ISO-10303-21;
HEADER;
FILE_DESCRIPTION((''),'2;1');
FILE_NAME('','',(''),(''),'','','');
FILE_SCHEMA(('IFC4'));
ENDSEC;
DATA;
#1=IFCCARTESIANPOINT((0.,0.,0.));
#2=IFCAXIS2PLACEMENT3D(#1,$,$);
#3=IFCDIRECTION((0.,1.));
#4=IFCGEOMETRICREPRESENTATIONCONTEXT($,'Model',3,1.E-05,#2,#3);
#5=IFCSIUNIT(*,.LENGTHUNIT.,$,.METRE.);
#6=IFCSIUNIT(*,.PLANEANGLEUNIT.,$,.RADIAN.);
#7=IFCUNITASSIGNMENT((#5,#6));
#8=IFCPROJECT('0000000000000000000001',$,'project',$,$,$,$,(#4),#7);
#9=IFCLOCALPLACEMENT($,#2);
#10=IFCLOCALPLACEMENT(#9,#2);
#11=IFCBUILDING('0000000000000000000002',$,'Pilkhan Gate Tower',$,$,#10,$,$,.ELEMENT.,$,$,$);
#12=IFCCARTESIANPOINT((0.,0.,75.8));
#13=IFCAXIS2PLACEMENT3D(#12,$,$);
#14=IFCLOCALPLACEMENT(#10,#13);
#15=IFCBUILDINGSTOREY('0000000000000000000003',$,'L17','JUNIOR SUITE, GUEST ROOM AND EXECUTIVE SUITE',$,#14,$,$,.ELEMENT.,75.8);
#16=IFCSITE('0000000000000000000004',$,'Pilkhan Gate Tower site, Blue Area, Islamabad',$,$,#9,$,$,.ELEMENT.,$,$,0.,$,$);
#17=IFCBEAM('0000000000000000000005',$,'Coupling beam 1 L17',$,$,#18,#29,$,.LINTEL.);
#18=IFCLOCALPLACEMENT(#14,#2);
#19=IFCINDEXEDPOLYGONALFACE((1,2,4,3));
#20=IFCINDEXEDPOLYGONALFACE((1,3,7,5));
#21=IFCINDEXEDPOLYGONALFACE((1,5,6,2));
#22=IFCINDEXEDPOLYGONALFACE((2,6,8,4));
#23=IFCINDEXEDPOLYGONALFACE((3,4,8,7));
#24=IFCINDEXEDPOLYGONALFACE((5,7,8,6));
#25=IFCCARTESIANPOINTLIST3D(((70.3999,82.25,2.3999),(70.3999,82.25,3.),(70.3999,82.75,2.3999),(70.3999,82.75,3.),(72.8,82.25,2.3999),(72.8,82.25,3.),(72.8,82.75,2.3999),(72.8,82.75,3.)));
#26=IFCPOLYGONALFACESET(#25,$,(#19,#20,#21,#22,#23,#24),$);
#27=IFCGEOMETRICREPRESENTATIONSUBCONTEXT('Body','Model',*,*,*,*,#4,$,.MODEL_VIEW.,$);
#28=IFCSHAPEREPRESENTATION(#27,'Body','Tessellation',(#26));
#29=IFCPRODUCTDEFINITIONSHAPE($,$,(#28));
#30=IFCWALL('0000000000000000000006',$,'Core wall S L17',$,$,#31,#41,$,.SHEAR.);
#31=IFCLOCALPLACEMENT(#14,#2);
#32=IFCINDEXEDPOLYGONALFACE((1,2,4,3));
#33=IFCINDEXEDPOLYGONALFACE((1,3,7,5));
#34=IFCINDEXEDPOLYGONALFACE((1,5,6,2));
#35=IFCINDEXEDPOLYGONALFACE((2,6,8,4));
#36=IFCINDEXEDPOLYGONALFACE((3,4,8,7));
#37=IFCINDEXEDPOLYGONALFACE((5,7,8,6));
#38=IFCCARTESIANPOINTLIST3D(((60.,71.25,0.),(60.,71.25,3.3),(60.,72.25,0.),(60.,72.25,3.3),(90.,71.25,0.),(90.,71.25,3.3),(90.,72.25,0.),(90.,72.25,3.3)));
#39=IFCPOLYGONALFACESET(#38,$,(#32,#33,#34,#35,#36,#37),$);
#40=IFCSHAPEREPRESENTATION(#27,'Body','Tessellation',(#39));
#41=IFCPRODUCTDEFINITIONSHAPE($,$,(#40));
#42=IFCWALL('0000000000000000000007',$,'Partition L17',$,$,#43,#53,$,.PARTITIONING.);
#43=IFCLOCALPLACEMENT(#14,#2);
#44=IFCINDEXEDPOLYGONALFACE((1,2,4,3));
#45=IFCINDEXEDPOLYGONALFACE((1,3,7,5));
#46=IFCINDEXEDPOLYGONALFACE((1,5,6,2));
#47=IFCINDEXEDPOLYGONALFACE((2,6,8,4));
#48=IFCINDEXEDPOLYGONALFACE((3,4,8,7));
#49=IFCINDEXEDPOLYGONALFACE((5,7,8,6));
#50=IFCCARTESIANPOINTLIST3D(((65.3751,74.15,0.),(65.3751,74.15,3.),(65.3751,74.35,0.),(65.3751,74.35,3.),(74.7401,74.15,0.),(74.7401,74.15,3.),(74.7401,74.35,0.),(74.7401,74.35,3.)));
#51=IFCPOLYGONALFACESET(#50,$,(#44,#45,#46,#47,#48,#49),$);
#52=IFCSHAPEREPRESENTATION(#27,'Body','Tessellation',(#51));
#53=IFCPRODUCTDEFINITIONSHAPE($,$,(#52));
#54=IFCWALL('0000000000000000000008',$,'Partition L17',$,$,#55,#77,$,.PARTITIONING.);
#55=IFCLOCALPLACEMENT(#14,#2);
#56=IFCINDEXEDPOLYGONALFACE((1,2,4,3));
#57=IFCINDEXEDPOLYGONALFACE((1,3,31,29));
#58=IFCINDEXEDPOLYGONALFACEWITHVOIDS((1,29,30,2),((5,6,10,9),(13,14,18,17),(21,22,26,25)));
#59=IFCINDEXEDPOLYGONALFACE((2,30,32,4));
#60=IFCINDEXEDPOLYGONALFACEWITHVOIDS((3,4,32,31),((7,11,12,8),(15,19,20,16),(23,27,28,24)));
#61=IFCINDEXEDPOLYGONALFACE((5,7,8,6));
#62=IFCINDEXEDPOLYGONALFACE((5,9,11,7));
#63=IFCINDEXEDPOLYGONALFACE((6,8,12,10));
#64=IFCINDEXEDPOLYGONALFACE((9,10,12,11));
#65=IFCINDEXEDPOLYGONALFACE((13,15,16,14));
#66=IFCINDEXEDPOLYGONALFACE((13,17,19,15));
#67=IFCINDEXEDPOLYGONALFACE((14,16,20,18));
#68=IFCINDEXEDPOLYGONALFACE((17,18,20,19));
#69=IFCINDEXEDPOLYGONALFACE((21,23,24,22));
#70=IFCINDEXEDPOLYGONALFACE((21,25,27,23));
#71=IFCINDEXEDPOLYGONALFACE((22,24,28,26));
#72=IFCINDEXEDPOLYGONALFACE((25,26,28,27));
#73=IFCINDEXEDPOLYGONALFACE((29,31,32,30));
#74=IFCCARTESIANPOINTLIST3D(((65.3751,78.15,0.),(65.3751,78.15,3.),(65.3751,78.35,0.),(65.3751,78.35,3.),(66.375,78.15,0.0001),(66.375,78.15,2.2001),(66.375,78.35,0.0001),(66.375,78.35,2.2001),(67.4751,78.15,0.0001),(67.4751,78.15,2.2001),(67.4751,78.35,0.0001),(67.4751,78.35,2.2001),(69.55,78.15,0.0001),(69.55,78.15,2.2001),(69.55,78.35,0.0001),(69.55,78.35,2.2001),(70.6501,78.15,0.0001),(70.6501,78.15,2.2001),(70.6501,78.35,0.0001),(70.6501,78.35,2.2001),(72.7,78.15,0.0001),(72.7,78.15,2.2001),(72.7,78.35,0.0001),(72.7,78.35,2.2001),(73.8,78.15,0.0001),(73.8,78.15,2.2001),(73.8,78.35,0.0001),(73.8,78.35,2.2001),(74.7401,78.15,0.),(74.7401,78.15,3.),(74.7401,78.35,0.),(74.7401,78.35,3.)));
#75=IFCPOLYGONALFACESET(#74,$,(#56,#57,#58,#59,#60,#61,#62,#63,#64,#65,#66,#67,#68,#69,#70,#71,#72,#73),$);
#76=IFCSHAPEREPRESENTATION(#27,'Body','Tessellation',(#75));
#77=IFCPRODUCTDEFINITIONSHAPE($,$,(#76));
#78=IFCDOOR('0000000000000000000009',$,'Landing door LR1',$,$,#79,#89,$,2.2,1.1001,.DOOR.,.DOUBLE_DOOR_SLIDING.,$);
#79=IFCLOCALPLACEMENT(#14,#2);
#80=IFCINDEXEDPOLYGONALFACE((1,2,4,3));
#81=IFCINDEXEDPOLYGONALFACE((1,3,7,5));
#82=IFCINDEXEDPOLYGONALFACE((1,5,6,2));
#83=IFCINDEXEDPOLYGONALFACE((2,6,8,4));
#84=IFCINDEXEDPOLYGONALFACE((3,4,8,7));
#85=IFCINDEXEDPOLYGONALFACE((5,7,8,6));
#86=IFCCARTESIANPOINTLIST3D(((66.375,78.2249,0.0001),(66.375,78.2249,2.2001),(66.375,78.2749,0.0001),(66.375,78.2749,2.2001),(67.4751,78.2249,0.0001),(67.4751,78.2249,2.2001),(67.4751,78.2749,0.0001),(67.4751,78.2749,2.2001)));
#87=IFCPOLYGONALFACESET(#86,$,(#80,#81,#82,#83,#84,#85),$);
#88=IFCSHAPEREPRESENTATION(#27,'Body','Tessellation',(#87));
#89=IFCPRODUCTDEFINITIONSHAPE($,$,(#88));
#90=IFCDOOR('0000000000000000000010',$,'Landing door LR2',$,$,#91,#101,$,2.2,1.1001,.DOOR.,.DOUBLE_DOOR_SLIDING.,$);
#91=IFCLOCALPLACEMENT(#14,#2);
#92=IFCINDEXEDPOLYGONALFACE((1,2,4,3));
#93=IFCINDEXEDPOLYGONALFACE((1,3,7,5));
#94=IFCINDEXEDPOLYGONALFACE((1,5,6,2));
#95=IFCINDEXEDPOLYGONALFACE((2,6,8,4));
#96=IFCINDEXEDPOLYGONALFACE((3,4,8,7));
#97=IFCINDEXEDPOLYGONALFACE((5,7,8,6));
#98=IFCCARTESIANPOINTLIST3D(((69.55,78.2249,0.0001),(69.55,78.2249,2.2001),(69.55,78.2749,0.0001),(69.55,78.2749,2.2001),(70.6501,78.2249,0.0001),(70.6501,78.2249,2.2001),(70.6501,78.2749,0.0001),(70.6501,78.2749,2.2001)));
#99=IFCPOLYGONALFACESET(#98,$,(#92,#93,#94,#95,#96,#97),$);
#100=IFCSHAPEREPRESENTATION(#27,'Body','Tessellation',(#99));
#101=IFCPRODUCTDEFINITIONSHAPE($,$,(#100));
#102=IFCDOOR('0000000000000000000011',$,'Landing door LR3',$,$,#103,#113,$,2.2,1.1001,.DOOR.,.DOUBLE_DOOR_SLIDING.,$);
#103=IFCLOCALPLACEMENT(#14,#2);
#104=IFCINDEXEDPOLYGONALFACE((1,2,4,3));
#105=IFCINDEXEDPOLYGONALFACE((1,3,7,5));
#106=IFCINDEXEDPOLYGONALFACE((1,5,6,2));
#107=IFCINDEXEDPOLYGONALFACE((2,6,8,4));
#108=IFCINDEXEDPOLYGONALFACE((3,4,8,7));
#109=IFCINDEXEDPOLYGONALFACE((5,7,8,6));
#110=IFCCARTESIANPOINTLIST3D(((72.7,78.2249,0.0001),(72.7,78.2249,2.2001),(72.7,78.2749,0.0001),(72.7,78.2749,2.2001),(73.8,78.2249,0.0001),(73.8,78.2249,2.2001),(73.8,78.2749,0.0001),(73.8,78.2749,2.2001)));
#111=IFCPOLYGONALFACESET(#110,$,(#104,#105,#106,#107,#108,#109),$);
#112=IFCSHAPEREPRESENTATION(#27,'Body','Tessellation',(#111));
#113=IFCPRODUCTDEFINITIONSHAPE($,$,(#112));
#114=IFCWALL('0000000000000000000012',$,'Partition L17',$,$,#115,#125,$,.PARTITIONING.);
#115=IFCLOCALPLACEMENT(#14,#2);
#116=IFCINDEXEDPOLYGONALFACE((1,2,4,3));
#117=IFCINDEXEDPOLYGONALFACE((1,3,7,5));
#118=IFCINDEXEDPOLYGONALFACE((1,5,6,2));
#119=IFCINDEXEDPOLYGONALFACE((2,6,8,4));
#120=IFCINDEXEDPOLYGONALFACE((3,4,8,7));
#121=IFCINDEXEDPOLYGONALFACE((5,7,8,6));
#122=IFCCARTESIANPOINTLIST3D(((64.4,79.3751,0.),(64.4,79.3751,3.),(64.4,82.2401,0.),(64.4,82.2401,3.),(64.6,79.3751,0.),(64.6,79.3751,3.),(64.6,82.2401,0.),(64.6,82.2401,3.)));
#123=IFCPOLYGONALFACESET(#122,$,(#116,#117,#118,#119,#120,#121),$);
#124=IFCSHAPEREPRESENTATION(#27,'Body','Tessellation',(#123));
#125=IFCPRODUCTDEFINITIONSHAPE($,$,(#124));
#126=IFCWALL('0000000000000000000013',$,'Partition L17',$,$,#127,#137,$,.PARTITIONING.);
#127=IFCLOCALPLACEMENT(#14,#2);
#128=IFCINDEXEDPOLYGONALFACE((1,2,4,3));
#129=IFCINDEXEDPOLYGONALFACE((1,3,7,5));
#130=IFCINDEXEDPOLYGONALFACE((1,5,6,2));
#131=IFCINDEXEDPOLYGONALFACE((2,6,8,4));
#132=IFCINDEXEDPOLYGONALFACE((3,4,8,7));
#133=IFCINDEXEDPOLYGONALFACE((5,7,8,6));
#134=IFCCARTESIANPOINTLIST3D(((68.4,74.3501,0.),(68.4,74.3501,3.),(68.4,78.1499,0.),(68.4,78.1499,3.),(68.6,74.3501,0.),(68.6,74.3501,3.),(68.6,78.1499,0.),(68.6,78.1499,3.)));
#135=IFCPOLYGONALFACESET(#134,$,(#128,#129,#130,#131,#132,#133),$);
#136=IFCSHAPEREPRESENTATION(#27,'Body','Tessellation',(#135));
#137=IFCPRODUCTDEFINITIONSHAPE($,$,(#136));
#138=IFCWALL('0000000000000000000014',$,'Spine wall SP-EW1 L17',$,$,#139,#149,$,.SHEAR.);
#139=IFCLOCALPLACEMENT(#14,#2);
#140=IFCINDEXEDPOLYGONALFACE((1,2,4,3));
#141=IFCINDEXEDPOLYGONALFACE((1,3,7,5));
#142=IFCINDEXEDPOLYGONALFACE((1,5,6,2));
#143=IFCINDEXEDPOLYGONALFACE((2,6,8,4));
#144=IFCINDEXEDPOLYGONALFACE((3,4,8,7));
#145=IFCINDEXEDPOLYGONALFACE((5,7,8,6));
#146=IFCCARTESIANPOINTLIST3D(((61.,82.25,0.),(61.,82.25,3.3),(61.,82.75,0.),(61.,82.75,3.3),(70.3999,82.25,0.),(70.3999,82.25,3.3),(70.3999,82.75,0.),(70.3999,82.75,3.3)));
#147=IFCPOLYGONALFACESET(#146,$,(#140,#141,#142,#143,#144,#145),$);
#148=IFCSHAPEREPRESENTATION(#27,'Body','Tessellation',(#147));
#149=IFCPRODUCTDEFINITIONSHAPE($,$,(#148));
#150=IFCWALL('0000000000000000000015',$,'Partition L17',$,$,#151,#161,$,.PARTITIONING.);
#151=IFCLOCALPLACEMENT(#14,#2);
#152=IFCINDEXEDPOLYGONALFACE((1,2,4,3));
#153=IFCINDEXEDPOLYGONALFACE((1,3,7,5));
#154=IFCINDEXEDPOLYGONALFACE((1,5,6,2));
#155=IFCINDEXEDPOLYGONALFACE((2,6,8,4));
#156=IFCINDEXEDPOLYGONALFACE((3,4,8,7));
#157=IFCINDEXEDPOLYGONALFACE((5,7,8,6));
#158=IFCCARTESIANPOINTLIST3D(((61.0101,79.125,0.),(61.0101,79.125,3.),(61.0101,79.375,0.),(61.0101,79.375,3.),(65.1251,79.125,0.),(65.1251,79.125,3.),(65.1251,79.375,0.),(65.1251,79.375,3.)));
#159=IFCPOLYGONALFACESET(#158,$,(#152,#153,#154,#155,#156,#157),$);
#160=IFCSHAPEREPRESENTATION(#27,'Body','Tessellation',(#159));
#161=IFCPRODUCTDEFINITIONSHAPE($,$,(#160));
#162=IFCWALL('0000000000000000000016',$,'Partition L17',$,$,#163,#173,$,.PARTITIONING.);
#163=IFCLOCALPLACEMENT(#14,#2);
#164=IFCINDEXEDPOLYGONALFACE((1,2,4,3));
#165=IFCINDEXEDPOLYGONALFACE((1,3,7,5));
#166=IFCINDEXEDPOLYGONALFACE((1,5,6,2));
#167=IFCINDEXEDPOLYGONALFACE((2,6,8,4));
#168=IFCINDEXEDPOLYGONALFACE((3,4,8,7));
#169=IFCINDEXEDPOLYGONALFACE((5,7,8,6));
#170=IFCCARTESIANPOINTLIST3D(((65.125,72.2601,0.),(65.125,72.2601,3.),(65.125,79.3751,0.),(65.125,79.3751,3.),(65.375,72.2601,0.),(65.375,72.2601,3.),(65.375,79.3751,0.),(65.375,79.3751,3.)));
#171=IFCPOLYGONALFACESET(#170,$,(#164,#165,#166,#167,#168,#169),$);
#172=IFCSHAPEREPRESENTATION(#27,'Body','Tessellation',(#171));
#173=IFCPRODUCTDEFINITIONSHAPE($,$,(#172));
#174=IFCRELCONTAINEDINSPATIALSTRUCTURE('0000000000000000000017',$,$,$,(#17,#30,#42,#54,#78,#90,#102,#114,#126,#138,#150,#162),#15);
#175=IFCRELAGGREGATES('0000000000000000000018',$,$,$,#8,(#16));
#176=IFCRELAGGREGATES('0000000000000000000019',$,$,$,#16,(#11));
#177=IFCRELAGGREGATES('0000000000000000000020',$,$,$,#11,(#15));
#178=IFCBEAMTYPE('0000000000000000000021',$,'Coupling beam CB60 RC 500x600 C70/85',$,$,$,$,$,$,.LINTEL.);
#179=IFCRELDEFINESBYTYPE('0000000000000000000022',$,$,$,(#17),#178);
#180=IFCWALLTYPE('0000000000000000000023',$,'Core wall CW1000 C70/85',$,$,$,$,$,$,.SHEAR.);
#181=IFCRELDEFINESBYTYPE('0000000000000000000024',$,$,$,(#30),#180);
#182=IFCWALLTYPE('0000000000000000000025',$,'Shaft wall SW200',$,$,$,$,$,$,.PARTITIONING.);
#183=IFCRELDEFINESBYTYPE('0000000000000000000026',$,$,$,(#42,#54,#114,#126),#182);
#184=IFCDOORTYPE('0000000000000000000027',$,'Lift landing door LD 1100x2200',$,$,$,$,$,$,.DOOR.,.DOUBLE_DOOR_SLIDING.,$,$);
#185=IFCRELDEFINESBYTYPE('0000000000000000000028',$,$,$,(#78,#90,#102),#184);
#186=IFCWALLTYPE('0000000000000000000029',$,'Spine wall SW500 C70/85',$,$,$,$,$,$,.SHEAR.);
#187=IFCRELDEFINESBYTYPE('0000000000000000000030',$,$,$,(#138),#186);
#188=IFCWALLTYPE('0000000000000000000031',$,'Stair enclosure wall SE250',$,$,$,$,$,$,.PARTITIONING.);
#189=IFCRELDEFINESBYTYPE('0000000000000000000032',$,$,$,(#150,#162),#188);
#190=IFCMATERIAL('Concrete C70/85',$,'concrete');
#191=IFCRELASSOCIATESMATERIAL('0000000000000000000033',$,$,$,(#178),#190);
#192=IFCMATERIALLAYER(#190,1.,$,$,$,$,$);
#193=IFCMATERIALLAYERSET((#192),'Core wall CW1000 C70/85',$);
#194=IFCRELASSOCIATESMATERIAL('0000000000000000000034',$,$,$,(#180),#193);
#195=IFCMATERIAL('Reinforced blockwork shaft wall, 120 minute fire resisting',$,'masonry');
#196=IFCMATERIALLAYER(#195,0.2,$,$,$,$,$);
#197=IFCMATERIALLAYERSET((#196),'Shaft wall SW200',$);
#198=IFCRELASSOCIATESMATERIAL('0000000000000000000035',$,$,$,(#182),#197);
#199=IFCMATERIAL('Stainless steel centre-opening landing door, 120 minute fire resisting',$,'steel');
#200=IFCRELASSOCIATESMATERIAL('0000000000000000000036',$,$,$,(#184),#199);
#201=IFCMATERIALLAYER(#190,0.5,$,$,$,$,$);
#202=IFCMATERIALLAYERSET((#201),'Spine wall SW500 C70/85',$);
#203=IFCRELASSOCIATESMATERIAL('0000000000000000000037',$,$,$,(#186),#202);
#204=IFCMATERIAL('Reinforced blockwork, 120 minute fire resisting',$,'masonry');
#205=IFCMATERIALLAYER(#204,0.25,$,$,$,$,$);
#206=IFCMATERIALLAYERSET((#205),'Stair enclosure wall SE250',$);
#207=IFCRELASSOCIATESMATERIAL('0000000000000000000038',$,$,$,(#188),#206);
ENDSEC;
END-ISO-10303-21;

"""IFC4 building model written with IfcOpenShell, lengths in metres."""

from ifc_helpers import new_model, si_unit, direction, frame, frame_2d, origin, origin_2d, place, context, subcontext, project, spatial, rectangle, extrude, material, layer, layer_set, material_profile, profile_set, type_object, element, fill, save


model = new_model("IFC4")

# Units and contexts
model_context = context("Model", 3, precision=1e-05, world=origin(), true_north=direction((0.0, 1.0)))
body_context = subcontext(model_context, "Body", "Model", "MODEL_VIEW")
ifc_project = project(units=[si_unit("LENGTHUNIT", "METRE"), si_unit("PLANEANGLEUNIT", "RADIAN")], contexts=[model_context])

# Site, building, storey
site_placement = place(None, origin())
site = spatial("IfcSite", under=ifc_project, at=site_placement, Name="Pilkhan Gate Tower site, Blue Area, Islamabad", CompositionType="ELEMENT", RefElevation=0.0)
building_placement = place(site_placement, origin())
building = spatial("IfcBuilding", under=site, at=building_placement, Name="Pilkhan Gate Tower", CompositionType="ELEMENT")
storey_placement = place(building_placement, frame((0.0, 0.0, 75.8)))
storey = spatial("IfcBuildingStorey", under=building, at=storey_placement, Name="L17", Description="JUNIOR SUITE, GUEST ROOM AND EXECUTIVE SUITE", CompositionType="ELEMENT", Elevation=75.8)

# Beam
ifc_material_1 = material(Name="Concrete C70/85", Category="concrete")
ifc_material_profile = material_profile(ifc_material_1, rectangle(XDim=0.5, YDim=0.6001, at=origin_2d()), Name="RC 500x600")
ifc_profile_set = profile_set([ifc_material_profile], Name="Concrete C70/85")
beam_type = type_object("IfcBeamType", Name="Coupling beam CB60 RC 500x600 C70/85", PredefinedType="LINTEL", material=ifc_profile_set)
beam_placement = place(storey_placement, frame((70.3999, 82.5, 2.7), z_axis=(1.0, 0.0, 0.0), x_axis=(0.0, 1.0, 0.0)))
element("IfcBeam", 1, at=beam_placement, inside=storey, type_object=beam_type, Name="Coupling beam 1 L17", PredefinedType="LINTEL", context=body_context, shape_type="SweptSolid", body=[
    extrude(rectangle(XDim=0.5, YDim=0.6001, at=origin_2d()), origin(), (0.0, 0.0, 1.0), 2.4001),
])

# Walls
ifc_layer_1 = layer(ifc_material_1, 1.0)
ifc_layer_set_1 = layer_set([ifc_layer_1], Name="Core wall CW1000 C70/85")
wall_type_1 = type_object("IfcWallType", Name="Core wall CW1000 C70/85", PredefinedType="SHEAR", material=ifc_layer_set_1)
wall_1_placement = place(storey_placement, frame((60.0, 71.75, 0.0), z_axis=(0.0, 0.0, 1.0), x_axis=(1.0, 0.0, 0.0)))
element("IfcWall", 2, at=wall_1_placement, inside=storey, type_object=wall_type_1, Name="Core wall S L17", PredefinedType="SHEAR", context=body_context, shape_type="SweptSolid", body=[
    extrude(rectangle(XDim=30.0, YDim=1.0, at=frame_2d((15.0, 0.0))), origin(), (0.0, 0.0, 1.0), 3.3),
])
ifc_material_2 = material(Name="Reinforced blockwork shaft wall, 120 minute fire resisting", Category="masonry")
ifc_layer_2 = layer(ifc_material_2, 0.2)
ifc_layer_set_2 = layer_set([ifc_layer_2], Name="Shaft wall SW200")
wall_type_2 = type_object("IfcWallType", Name="Shaft wall SW200", PredefinedType="PARTITIONING", material=ifc_layer_set_2)
wall_2_placement = place(storey_placement, frame((65.375, 74.25, 0.0), z_axis=(0.0, 0.0, 1.0), x_axis=(1.0, 0.0, 0.0)))
element("IfcWall", 3, at=wall_2_placement, inside=storey, type_object=wall_type_2, Name="Partition L17", PredefinedType="PARTITIONING", context=body_context, shape_type="SweptSolid", body=[
    extrude(rectangle(XDim=9.365, YDim=0.2, at=frame_2d((4.6826, 0.0))), origin(), (0.0, 0.0, 1.0), 3.0),
])

# Wall, openings, doors
wall_3_placement = place(storey_placement, frame((65.375, 78.25, 0.0), z_axis=(0.0, 0.0, 1.0), x_axis=(1.0, 0.0, 0.0)))
wall_3 = element("IfcWall", 4, at=wall_3_placement, inside=storey, type_object=wall_type_2, Name="Partition L17", PredefinedType="PARTITIONING", context=body_context, shape_type="SweptSolid", body=[
    extrude(rectangle(XDim=9.365, YDim=0.2, at=frame_2d((4.6826, 0.0))), origin(), (0.0, 0.0, 1.0), 3.0),
])
opening_1_placement = place(wall_3_placement, frame((1.0, 0.0, 0.0)))
opening_1 = element("IfcOpeningElement", 5, at=opening_1_placement, cuts=wall_3, PredefinedType="OPENING", context=body_context, shape_type="SweptSolid", body=[
    extrude(rectangle(XDim=1.1001, YDim=2.2, at=frame_2d((0.55, 1.1001))), frame((0.0, 0.1099, 0.0), z_axis=(0.0, -1.0, 0.0), x_axis=(1.0, 0.0, 0.0)), (0.0, 0.0, 1.0), 0.22),
])
opening_2_placement = place(wall_3_placement, frame((4.175, 0.0, 0.0)))
opening_2 = element("IfcOpeningElement", 6, at=opening_2_placement, cuts=wall_3, PredefinedType="OPENING", context=body_context, shape_type="SweptSolid", body=[
    extrude(rectangle(XDim=1.1001, YDim=2.2, at=frame_2d((0.55, 1.1001))), frame((0.0, 0.1099, 0.0), z_axis=(0.0, -1.0, 0.0), x_axis=(1.0, 0.0, 0.0)), (0.0, 0.0, 1.0), 0.22),
])
opening_3_placement = place(wall_3_placement, frame((7.325, 0.0, 0.0)))
opening_3 = element("IfcOpeningElement", 7, at=opening_3_placement, cuts=wall_3, PredefinedType="OPENING", context=body_context, shape_type="SweptSolid", body=[
    extrude(rectangle(XDim=1.1001, YDim=2.2, at=frame_2d((0.55, 1.1001))), frame((0.0, 0.1099, 0.0), z_axis=(0.0, -1.0, 0.0), x_axis=(1.0, 0.0, 0.0)), (0.0, 0.0, 1.0), 0.22),
])
ifc_material_3 = material(Name="Stainless steel centre-opening landing door, 120 minute fire resisting", Category="steel")
door_type = type_object("IfcDoorType", Name="Lift landing door LD 1100x2200", OperationType="DOUBLE_DOOR_SLIDING", PredefinedType="DOOR", material=ifc_material_3)
door_1_placement = place(opening_1_placement, origin())
door_1 = element("IfcDoor", 8, at=door_1_placement, inside=storey, type_object=door_type, Name="Landing door LR1", OperationType="DOUBLE_DOOR_SLIDING", OverallHeight=2.2, OverallWidth=1.1001, PredefinedType="DOOR", context=body_context, shape_type="SweptSolid", body=[
    extrude(rectangle(XDim=1.1001, YDim=2.2, at=frame_2d((0.55, 1.1001))), frame((0.0, 0.0249, 0.0), z_axis=(0.0, -1.0, 0.0), x_axis=(1.0, 0.0, 0.0)), (0.0, 0.0, 1.0), 0.05),
])
fill(opening_1, door_1)
door_2_placement = place(opening_2_placement, origin())
door_2 = element("IfcDoor", 9, at=door_2_placement, inside=storey, type_object=door_type, Name="Landing door LR2", OperationType="DOUBLE_DOOR_SLIDING", OverallHeight=2.2, OverallWidth=1.1001, PredefinedType="DOOR", context=body_context, shape_type="SweptSolid", body=[
    extrude(rectangle(XDim=1.1001, YDim=2.2, at=frame_2d((0.55, 1.1001))), frame((0.0, 0.0249, 0.0), z_axis=(0.0, -1.0, 0.0), x_axis=(1.0, 0.0, 0.0)), (0.0, 0.0, 1.0), 0.05),
])
fill(opening_2, door_2)
door_3_placement = place(opening_3_placement, origin())
door_3 = element("IfcDoor", 10, at=door_3_placement, inside=storey, type_object=door_type, Name="Landing door LR3", OperationType="DOUBLE_DOOR_SLIDING", OverallHeight=2.2, OverallWidth=1.1001, PredefinedType="DOOR", context=body_context, shape_type="SweptSolid", body=[
    extrude(rectangle(XDim=1.1001, YDim=2.2, at=frame_2d((0.55, 1.1001))), frame((0.0, 0.0249, 0.0), z_axis=(0.0, -1.0, 0.0), x_axis=(1.0, 0.0, 0.0)), (0.0, 0.0, 1.0), 0.05),
])
fill(opening_3, door_3)

# Walls
wall_4_placement = place(storey_placement, frame((64.5, 79.375, 0.0), z_axis=(0.0, 0.0, 1.0), x_axis=(0.0, 1.0, 0.0)))
element("IfcWall", 11, at=wall_4_placement, inside=storey, type_object=wall_type_2, Name="Partition L17", PredefinedType="PARTITIONING", context=body_context, shape_type="SweptSolid", body=[
    extrude(rectangle(XDim=2.865, YDim=0.2, at=frame_2d((1.4326, 0.0))), origin(), (0.0, 0.0, 1.0), 3.0),
])
wall_5_placement = place(storey_placement, frame((68.5, 74.3501, 0.0), z_axis=(0.0, 0.0, 1.0), x_axis=(0.0, 1.0, 0.0)))
element("IfcWall", 12, at=wall_5_placement, inside=storey, type_object=wall_type_2, Name="Partition L17", PredefinedType="PARTITIONING", context=body_context, shape_type="SweptSolid", body=[
    extrude(rectangle(XDim=3.7998, YDim=0.2, at=frame_2d((1.8999, 0.0))), origin(), (0.0, 0.0, 1.0), 3.0),
])
ifc_layer_3 = layer(ifc_material_1, 0.5)
ifc_layer_set_3 = layer_set([ifc_layer_3], Name="Spine wall SW500 C70/85")
wall_type_3 = type_object("IfcWallType", Name="Spine wall SW500 C70/85", PredefinedType="SHEAR", material=ifc_layer_set_3)
wall_6_placement = place(storey_placement, frame((61.0, 82.5, 0.0), z_axis=(0.0, 0.0, 1.0), x_axis=(1.0, 0.0, 0.0)))
element("IfcWall", 13, at=wall_6_placement, inside=storey, type_object=wall_type_3, Name="Spine wall SP-EW1 L17", PredefinedType="SHEAR", context=body_context, shape_type="SweptSolid", body=[
    extrude(rectangle(XDim=9.3999, YDim=0.5, at=frame_2d((4.7, 0.0))), origin(), (0.0, 0.0, 1.0), 3.3),
])
ifc_material_4 = material(Name="Reinforced blockwork, 120 minute fire resisting", Category="masonry")
ifc_layer_4 = layer(ifc_material_4, 0.25)
ifc_layer_set_4 = layer_set([ifc_layer_4], Name="Stair enclosure wall SE250")
wall_type_4 = type_object("IfcWallType", Name="Stair enclosure wall SE250", PredefinedType="PARTITIONING", material=ifc_layer_set_4)
wall_7_placement = place(storey_placement, frame((61.01, 79.25, 0.0), z_axis=(0.0, 0.0, 1.0), x_axis=(1.0, 0.0, 0.0)))
element("IfcWall", 14, at=wall_7_placement, inside=storey, type_object=wall_type_4, Name="Partition L17", PredefinedType="PARTITIONING", context=body_context, shape_type="SweptSolid", body=[
    extrude(rectangle(XDim=4.115, YDim=0.25, at=frame_2d((2.0576, 0.0))), origin(), (0.0, 0.0, 1.0), 3.0),
])
wall_8_placement = place(storey_placement, frame((65.25, 72.26, 0.0), z_axis=(0.0, 0.0, 1.0), x_axis=(0.0, 1.0, 0.0)))
element("IfcWall", 15, at=wall_8_placement, inside=storey, type_object=wall_type_4, Name="Partition L17", PredefinedType="PARTITIONING", context=body_context, shape_type="SweptSolid", body=[
    extrude(rectangle(XDim=7.115, YDim=0.25, at=frame_2d((3.5576, 0.0))), origin(), (0.0, 0.0, 1.0), 3.0),
])

save(model, "model.ifc")
